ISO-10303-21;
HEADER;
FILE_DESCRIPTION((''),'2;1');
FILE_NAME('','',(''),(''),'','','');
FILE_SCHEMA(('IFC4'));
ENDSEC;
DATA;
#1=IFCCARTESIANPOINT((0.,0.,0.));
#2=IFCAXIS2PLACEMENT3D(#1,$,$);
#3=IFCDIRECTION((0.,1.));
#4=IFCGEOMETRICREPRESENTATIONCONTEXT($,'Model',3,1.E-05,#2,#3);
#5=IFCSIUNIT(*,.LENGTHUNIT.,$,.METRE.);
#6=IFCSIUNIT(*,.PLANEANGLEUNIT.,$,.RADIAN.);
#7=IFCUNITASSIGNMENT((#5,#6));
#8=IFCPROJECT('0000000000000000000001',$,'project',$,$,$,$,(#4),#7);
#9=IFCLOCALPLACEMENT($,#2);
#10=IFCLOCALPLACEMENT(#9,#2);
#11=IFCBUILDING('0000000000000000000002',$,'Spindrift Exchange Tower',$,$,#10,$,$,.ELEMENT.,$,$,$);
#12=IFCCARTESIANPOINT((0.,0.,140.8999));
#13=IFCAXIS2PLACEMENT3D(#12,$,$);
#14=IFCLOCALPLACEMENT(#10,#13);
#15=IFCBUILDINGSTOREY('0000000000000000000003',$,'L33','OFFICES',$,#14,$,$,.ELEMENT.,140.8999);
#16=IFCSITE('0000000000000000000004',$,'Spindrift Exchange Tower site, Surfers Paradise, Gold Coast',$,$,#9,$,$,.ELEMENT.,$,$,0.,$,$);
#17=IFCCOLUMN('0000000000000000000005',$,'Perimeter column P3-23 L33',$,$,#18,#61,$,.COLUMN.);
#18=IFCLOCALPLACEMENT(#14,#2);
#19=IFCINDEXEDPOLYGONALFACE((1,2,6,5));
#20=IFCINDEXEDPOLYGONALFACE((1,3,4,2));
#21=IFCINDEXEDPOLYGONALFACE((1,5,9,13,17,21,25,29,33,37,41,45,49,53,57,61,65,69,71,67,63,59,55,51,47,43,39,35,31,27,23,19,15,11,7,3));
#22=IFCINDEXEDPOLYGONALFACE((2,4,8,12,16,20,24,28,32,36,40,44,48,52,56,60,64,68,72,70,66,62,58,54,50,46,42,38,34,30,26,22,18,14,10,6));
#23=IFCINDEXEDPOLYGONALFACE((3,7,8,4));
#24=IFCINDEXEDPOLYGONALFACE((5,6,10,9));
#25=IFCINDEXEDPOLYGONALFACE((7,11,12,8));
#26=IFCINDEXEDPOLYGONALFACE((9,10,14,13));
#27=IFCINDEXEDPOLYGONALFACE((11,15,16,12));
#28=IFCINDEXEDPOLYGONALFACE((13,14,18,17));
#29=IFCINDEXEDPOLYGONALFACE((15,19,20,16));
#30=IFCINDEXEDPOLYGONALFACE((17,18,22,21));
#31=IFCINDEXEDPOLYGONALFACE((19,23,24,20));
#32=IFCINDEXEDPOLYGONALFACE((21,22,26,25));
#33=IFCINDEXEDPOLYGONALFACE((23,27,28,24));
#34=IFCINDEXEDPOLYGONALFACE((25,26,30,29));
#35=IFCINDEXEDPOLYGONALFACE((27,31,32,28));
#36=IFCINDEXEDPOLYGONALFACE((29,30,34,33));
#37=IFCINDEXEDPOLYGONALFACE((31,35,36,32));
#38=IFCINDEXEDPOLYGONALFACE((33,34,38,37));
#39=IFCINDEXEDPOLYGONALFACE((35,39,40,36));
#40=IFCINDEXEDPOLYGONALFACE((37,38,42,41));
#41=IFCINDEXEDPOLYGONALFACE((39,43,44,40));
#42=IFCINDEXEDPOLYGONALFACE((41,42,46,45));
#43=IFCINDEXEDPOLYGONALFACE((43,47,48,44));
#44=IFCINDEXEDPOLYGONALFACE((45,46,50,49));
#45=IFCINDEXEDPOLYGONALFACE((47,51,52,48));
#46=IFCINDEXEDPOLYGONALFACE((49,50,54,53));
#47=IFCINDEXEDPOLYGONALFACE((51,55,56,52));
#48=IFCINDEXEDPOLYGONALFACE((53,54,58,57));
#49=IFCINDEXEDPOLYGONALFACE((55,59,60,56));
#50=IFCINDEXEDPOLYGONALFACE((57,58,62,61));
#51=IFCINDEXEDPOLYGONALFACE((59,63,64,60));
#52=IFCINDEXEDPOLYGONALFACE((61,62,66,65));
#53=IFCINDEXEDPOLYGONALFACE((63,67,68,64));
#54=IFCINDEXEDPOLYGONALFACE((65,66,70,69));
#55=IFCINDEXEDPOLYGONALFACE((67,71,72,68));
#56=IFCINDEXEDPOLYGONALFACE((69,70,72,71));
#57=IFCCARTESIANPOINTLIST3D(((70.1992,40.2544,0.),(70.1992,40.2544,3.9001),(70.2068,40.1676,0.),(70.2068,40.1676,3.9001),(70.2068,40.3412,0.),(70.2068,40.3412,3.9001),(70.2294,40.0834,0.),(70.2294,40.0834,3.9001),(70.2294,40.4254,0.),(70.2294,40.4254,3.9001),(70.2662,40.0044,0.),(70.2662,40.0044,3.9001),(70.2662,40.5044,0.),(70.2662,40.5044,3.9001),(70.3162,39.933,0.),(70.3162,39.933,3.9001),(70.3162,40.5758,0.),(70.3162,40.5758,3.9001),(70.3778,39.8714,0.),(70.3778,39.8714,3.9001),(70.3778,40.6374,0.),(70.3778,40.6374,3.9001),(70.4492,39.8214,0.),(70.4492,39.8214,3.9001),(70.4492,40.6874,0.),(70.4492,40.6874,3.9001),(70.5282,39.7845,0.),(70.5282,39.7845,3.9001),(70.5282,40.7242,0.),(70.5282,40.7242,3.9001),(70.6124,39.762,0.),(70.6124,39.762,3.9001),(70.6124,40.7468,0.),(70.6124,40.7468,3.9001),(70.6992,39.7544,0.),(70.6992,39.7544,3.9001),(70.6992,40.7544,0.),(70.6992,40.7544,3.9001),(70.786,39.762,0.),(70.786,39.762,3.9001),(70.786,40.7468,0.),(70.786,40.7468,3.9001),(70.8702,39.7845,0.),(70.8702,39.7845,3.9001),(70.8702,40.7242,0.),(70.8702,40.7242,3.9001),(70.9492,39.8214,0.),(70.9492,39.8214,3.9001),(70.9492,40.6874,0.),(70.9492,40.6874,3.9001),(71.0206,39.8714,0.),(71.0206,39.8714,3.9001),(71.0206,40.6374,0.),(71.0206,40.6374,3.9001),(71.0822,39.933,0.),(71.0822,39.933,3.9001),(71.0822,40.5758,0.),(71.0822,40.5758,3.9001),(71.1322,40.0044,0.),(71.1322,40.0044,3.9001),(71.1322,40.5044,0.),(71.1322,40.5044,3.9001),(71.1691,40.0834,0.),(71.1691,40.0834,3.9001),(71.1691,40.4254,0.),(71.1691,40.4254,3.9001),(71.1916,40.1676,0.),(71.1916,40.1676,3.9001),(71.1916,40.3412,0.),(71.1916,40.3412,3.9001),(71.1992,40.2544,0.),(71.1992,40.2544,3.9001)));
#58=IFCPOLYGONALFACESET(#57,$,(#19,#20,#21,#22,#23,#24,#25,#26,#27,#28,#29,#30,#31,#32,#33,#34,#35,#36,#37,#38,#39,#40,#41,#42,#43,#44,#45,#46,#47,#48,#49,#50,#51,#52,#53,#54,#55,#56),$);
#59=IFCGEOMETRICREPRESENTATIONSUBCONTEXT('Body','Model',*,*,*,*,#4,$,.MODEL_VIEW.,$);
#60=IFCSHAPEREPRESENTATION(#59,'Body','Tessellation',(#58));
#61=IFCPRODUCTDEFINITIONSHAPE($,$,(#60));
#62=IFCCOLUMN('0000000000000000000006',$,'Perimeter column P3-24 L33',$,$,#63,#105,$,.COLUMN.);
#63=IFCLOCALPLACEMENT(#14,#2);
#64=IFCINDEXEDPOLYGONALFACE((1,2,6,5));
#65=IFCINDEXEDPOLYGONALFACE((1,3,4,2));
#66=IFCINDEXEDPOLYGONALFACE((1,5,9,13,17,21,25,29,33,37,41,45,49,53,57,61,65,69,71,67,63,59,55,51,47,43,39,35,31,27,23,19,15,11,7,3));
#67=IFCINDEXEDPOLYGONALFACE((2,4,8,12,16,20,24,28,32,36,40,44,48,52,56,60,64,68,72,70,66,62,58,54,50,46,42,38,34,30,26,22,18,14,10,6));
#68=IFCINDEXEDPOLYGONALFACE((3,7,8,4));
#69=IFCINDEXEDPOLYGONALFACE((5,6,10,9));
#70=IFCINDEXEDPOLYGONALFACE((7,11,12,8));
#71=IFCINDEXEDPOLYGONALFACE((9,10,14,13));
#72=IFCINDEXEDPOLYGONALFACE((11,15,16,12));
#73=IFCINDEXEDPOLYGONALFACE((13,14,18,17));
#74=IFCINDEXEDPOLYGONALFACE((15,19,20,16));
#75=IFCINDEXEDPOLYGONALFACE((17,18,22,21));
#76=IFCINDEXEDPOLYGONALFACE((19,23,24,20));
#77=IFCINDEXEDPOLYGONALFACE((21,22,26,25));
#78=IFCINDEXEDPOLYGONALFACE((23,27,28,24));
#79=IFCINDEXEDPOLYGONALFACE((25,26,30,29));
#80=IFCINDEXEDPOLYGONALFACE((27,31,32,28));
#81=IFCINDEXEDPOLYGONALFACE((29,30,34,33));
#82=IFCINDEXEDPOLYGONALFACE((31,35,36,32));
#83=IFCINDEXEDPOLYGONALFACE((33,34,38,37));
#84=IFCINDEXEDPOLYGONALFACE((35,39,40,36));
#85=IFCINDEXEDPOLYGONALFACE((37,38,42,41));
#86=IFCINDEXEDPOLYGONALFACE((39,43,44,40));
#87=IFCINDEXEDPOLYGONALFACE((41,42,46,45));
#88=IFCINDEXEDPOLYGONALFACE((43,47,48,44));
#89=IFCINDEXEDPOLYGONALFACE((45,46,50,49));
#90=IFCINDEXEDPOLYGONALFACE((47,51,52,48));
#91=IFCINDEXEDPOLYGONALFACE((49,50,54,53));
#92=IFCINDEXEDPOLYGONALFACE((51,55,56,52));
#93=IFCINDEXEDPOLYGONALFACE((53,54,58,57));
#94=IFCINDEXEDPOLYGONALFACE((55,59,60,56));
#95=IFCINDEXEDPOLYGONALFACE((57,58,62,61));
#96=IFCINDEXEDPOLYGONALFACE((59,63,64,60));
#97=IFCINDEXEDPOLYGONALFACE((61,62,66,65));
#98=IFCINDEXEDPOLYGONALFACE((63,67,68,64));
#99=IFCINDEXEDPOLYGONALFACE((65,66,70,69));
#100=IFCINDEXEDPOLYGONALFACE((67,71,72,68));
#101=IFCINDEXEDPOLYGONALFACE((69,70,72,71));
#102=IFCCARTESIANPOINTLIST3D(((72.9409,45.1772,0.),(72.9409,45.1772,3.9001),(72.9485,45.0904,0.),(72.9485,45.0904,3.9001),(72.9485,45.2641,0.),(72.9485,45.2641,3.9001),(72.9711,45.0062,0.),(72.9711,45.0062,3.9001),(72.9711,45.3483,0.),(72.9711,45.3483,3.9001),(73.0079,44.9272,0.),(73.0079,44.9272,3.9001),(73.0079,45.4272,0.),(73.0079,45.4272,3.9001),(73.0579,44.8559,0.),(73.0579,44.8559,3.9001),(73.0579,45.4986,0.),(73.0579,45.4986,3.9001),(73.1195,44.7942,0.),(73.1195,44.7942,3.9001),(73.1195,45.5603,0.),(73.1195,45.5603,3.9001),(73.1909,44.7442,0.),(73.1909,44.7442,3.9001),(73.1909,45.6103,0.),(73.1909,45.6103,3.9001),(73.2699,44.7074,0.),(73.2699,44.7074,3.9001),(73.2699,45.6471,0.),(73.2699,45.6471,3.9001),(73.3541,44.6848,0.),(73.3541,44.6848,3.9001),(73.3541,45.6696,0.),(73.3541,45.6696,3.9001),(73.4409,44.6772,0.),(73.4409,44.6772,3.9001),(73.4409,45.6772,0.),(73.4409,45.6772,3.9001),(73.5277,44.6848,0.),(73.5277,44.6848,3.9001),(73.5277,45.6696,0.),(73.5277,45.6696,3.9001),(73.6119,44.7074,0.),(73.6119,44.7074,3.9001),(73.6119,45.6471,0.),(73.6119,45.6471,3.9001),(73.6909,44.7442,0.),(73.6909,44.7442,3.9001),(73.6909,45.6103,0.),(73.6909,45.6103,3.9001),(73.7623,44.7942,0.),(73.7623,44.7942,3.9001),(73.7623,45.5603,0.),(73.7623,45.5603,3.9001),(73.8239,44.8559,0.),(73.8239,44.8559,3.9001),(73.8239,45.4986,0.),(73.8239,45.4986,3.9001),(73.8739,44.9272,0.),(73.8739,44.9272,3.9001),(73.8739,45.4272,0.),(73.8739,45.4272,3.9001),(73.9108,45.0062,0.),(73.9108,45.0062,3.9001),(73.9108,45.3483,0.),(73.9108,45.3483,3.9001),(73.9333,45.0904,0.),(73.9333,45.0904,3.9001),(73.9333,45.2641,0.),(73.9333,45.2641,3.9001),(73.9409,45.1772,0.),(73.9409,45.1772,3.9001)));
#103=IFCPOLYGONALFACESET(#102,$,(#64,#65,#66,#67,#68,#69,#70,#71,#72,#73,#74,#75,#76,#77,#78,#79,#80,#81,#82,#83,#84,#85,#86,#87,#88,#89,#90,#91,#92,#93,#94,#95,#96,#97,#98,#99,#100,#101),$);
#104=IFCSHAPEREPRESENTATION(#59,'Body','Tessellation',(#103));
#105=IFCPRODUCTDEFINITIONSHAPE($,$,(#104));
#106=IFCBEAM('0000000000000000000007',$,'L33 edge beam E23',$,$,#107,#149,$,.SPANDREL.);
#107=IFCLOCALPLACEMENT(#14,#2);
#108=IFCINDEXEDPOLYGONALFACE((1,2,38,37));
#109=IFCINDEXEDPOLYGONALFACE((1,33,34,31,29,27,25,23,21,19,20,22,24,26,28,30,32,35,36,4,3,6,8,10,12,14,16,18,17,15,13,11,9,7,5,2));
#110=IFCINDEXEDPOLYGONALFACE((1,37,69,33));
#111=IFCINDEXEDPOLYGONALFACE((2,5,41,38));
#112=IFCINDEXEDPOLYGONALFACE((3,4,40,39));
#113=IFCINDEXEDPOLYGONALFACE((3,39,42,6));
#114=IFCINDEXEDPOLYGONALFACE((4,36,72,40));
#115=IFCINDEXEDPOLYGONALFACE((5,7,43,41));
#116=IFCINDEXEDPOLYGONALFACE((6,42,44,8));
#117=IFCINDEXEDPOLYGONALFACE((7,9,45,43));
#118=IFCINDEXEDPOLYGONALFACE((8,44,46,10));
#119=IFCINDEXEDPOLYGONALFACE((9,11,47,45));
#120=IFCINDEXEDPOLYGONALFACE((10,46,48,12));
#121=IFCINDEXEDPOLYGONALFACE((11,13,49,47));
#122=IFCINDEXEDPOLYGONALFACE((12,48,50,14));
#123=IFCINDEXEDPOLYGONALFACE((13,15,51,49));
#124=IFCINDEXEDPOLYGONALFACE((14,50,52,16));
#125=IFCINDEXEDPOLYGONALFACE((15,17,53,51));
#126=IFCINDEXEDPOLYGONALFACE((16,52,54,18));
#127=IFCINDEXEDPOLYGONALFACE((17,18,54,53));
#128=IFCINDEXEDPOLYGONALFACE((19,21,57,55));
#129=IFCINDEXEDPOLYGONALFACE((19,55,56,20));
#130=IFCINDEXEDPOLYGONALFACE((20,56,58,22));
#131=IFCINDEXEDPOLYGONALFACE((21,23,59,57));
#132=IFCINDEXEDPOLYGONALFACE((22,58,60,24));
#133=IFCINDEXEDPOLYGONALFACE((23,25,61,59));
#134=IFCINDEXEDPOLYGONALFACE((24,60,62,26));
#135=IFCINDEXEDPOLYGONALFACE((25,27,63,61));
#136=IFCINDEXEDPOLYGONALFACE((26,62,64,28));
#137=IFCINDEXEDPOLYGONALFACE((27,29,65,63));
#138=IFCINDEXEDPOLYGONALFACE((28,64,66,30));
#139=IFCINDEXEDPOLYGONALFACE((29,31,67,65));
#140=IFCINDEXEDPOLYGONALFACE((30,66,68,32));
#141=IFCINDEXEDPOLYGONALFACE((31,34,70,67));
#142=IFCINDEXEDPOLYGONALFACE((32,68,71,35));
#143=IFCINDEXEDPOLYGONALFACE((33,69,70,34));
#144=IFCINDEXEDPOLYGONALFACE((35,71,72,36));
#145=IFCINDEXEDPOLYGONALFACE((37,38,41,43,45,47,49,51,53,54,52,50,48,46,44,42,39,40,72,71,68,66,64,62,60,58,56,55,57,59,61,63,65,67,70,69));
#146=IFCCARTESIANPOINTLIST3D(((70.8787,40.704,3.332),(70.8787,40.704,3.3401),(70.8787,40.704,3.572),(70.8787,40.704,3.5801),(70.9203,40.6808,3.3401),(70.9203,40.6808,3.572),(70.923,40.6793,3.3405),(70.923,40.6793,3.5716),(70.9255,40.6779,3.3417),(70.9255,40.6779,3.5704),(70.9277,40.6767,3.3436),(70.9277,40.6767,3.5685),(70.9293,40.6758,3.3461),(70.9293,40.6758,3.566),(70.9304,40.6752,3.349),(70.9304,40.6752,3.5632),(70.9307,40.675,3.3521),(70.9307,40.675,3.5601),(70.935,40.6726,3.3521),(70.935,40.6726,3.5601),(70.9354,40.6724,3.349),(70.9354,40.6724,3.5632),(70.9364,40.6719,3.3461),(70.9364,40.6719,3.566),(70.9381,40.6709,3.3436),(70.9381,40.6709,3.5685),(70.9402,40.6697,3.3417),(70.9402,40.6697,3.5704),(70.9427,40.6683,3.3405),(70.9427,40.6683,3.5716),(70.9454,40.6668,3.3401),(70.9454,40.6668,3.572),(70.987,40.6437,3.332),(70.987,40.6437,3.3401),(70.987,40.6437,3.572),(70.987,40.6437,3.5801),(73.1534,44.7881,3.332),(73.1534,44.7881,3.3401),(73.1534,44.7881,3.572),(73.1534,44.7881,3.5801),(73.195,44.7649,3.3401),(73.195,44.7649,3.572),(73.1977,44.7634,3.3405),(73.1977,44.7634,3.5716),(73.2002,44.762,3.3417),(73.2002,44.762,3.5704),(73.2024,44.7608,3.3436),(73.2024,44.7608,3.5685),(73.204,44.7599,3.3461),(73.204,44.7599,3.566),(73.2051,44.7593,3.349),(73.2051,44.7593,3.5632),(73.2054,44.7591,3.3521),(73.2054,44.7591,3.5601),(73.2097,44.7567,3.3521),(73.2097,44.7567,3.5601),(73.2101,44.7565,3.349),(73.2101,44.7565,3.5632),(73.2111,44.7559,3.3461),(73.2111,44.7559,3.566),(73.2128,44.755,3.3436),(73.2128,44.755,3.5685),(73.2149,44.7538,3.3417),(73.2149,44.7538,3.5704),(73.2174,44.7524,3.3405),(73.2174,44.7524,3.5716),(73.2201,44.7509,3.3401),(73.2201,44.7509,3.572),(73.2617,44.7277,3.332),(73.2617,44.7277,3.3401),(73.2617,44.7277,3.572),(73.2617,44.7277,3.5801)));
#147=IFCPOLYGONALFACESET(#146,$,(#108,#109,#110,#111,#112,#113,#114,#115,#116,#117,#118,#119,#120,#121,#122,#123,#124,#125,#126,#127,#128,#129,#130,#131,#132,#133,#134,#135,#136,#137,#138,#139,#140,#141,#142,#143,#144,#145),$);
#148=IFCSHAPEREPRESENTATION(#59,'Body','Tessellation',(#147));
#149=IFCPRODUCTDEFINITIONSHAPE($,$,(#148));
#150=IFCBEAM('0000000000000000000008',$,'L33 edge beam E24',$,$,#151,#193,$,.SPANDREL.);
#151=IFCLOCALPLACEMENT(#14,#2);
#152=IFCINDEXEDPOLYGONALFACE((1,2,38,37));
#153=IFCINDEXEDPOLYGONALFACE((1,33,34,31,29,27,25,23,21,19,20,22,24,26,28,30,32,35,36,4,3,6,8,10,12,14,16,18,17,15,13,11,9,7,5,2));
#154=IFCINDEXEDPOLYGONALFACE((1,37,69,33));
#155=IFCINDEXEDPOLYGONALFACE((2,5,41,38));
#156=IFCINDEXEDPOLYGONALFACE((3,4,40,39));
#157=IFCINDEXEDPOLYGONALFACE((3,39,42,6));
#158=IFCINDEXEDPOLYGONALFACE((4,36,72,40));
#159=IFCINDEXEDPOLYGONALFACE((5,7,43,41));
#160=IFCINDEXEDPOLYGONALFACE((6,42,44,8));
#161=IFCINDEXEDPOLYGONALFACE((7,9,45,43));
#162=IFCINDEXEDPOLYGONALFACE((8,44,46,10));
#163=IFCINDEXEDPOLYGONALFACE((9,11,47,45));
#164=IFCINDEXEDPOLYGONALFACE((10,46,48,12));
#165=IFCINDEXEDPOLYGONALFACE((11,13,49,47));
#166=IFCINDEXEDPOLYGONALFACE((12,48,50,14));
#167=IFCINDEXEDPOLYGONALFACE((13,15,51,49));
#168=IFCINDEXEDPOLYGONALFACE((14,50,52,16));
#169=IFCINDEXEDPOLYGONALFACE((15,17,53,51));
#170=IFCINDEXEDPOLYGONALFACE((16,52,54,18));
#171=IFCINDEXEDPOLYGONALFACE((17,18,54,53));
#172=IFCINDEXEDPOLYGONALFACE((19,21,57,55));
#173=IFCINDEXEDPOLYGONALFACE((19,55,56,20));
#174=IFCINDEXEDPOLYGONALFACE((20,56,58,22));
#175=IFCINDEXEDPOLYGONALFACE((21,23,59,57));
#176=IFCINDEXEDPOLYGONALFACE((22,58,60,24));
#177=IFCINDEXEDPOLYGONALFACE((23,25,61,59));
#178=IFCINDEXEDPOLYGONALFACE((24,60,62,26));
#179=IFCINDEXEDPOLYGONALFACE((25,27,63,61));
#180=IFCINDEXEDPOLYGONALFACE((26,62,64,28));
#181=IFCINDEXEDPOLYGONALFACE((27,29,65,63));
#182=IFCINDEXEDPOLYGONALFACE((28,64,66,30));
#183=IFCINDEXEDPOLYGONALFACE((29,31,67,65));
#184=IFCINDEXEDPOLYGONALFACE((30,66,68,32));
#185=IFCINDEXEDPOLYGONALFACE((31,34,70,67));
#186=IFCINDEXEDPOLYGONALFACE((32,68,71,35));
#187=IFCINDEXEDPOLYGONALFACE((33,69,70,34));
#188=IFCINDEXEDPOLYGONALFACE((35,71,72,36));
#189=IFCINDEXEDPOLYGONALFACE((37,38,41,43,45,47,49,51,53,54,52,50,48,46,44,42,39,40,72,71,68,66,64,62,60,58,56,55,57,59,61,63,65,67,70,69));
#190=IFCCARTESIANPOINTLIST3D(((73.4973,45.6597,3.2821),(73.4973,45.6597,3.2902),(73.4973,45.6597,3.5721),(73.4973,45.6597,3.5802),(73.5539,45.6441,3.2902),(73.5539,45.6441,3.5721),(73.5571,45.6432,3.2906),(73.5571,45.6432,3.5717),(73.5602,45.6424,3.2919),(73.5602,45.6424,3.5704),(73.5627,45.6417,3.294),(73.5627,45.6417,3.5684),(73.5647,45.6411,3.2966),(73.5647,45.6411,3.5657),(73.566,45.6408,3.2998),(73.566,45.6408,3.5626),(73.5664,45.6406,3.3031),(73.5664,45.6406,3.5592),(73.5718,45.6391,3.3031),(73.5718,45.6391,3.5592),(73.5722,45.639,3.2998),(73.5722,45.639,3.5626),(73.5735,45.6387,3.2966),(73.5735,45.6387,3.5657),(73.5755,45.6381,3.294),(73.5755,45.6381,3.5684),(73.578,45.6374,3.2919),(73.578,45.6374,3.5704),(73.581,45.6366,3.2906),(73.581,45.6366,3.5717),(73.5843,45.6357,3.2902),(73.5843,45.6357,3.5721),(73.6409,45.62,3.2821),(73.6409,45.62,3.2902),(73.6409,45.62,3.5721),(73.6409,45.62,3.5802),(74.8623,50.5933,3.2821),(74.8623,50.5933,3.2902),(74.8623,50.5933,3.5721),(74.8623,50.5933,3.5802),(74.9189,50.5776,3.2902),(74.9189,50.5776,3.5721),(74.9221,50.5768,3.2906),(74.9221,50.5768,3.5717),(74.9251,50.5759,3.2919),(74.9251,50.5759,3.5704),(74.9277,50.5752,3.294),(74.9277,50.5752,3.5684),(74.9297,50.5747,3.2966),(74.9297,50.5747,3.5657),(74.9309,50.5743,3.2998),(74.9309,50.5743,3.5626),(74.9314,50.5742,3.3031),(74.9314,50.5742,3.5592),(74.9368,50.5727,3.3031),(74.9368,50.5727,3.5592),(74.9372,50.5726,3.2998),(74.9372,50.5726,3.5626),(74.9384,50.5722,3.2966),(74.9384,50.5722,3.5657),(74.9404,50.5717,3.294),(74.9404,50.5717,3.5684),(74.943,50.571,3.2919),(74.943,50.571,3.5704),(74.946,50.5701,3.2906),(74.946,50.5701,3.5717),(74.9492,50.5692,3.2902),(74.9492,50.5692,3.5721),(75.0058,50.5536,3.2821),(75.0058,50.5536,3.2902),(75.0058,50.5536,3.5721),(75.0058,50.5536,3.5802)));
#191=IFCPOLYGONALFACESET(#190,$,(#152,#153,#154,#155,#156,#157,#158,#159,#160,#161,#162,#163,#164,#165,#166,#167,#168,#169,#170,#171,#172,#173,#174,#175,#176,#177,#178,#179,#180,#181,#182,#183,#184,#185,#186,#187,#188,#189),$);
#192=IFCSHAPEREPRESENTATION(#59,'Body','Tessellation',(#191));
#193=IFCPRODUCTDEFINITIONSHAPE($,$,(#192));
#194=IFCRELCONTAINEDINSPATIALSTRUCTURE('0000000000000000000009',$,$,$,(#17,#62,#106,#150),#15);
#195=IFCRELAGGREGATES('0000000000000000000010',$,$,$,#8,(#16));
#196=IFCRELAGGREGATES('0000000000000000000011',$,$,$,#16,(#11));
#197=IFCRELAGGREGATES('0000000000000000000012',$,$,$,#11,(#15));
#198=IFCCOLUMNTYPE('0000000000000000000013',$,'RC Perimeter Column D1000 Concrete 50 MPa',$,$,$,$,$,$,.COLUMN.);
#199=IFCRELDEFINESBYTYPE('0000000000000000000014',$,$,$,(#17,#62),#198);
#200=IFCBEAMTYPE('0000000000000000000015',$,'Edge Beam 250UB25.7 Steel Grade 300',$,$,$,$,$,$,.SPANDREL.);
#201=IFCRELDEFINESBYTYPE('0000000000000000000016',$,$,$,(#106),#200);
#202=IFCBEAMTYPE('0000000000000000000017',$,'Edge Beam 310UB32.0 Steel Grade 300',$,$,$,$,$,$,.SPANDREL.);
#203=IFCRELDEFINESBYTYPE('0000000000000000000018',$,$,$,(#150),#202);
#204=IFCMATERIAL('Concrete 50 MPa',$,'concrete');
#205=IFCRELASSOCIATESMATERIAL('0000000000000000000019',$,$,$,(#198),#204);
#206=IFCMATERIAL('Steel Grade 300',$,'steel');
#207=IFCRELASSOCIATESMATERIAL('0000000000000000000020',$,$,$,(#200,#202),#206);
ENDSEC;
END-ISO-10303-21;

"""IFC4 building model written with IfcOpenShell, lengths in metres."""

from ifc_helpers import new_model, si_unit, direction, frame, origin, origin_2d, place, context, subcontext, project, spatial, circle, i_section, extrude, source, transform, mapped, material, material_profile, profile_set, type_object, element, save


model = new_model("IFC4")

# Units and contexts
model_context = context("Model", 3, precision=1e-05, world=origin(), true_north=direction((0.0, 1.0)))
body_context = subcontext(model_context, "Body", "Model", "MODEL_VIEW")
ifc_project = project(units=[si_unit("LENGTHUNIT", "METRE"), si_unit("PLANEANGLEUNIT", "RADIAN")], contexts=[model_context])

# Site, building, storey
site_placement = place(None, origin())
site = spatial("IfcSite", under=ifc_project, at=site_placement, Name="Spindrift Exchange Tower site, Surfers Paradise, Gold Coast", CompositionType="ELEMENT", RefElevation=0.0)
building_placement = place(site_placement, origin())
building = spatial("IfcBuilding", under=site, at=building_placement, Name="Spindrift Exchange Tower", CompositionType="ELEMENT")
storey_placement = place(building_placement, frame((0.0, 0.0, 140.8999)))
storey = spatial("IfcBuildingStorey", under=building, at=storey_placement, Name="L33", Description="OFFICES", CompositionType="ELEMENT", Elevation=140.8999)

# Columns
ifc_material_1 = material(Name="Concrete 50 MPa", Category="concrete")
ifc_material_profile_1 = material_profile(ifc_material_1, circle(Radius=0.5, at=origin_2d()), Name="RC D1000")
ifc_profile_set_1 = profile_set([ifc_material_profile_1], Name="Concrete 50 MPa")
column_type = type_object("IfcColumnType", Name="RC Perimeter Column D1000 Concrete 50 MPa", PredefinedType="COLUMN", material=ifc_profile_set_1)
shared_shape_1 = source(origin(), body_context, "Body", "SweptSolid", [
    extrude(circle(Radius=0.5, at=origin_2d()), origin(), (0.0, 0.0, 1.0), 3.9001),
])
for number, where, z_axis, x_axis, name in (
    (1, (70.6992, 40.2544, 0.0), (0.0, 0.0, 1.0), (1.0, 0.0, 0.0), "Perimeter column P3-23 L33"),
    (2, (73.4409, 45.1772, 0.0), (0.0, 0.0, 1.0), (1.0, 0.0, 0.0), "Perimeter column P3-24 L33"),
):
    element("IfcColumn", number, at=place(storey_placement, frame(where, z_axis=z_axis, x_axis=x_axis)), inside=storey, type_object=column_type, Name=name, PredefinedType="COLUMN", context=body_context, shape_type="MappedRepresentation", body=[
        mapped(shared_shape_1, transform((0.0, 0.0, 0.0), scale=1.0)),
    ])

# Beams
ifc_material_2 = material(Name="Steel Grade 300", Category="steel")
ifc_material_profile_2 = material_profile(ifc_material_2, i_section(OverallWidth=0.124, OverallDepth=0.248, WebThickness=0.0049, FlangeThickness=0.0081, FilletRadius=0.012, at=origin_2d()), Name="250UB25.7")
ifc_profile_set_2 = profile_set([ifc_material_profile_2], Name="Steel Grade 300")
beam_type_1 = type_object("IfcBeamType", Name="Edge Beam 250UB25.7 Steel Grade 300", PredefinedType="SPANDREL", material=ifc_profile_set_2)
shared_shape_2 = source(origin(), body_context, "Body", "SweptSolid", [
    extrude(i_section(OverallWidth=0.124, OverallDepth=0.248, WebThickness=0.0049, FlangeThickness=0.0081, FilletRadius=0.012, at=origin_2d()), origin(), (0.0, 0.0, 1.0), 4.6748),
])
beam_1_placement = place(storey_placement, frame((70.9329, 40.6738, 3.4561), z_axis=(0.486587, 0.873632, 0.0), x_axis=(-0.873632, 0.486587, 0.0)))
element("IfcBeam", 3, at=beam_1_placement, inside=storey, type_object=beam_type_1, Name="L33 edge beam E23", PredefinedType="SPANDREL", context=body_context, shape_type="MappedRepresentation", body=[
    mapped(shared_shape_2, transform((0.0, 0.0, 0.0), scale=1.0)),
])
ifc_material_profile_3 = material_profile(ifc_material_2, i_section(OverallWidth=0.1489, OverallDepth=0.2981, WebThickness=0.0056, FlangeThickness=0.0081, FilletRadius=0.0129, at=origin_2d()), Name="310UB32.0")
ifc_profile_set_3 = profile_set([ifc_material_profile_3], Name="Steel Grade 300")
beam_type_2 = type_object("IfcBeamType", Name="Edge Beam 310UB32.0 Steel Grade 300", PredefinedType="SPANDREL", material=ifc_profile_set_3)
shared_shape_3 = source(origin(), body_context, "Body", "SweptSolid", [
    extrude(i_section(OverallWidth=0.1489, OverallDepth=0.2981, WebThickness=0.0056, FlangeThickness=0.0081, FilletRadius=0.0129, at=origin_2d()), origin(), (0.0, 0.0, 1.0), 5.1189),
])
beam_2_placement = place(storey_placement, frame((73.5691, 45.6399, 3.4312), z_axis=(0.266655, 0.963792, 0.0), x_axis=(-0.963792, 0.266655, 0.0)))
element("IfcBeam", 4, at=beam_2_placement, inside=storey, type_object=beam_type_2, Name="L33 edge beam E24", PredefinedType="SPANDREL", context=body_context, shape_type="MappedRepresentation", body=[
    mapped(shared_shape_3, transform((0.0, 0.0, 0.0), scale=1.0)),
])

save(model, "model.ifc")
